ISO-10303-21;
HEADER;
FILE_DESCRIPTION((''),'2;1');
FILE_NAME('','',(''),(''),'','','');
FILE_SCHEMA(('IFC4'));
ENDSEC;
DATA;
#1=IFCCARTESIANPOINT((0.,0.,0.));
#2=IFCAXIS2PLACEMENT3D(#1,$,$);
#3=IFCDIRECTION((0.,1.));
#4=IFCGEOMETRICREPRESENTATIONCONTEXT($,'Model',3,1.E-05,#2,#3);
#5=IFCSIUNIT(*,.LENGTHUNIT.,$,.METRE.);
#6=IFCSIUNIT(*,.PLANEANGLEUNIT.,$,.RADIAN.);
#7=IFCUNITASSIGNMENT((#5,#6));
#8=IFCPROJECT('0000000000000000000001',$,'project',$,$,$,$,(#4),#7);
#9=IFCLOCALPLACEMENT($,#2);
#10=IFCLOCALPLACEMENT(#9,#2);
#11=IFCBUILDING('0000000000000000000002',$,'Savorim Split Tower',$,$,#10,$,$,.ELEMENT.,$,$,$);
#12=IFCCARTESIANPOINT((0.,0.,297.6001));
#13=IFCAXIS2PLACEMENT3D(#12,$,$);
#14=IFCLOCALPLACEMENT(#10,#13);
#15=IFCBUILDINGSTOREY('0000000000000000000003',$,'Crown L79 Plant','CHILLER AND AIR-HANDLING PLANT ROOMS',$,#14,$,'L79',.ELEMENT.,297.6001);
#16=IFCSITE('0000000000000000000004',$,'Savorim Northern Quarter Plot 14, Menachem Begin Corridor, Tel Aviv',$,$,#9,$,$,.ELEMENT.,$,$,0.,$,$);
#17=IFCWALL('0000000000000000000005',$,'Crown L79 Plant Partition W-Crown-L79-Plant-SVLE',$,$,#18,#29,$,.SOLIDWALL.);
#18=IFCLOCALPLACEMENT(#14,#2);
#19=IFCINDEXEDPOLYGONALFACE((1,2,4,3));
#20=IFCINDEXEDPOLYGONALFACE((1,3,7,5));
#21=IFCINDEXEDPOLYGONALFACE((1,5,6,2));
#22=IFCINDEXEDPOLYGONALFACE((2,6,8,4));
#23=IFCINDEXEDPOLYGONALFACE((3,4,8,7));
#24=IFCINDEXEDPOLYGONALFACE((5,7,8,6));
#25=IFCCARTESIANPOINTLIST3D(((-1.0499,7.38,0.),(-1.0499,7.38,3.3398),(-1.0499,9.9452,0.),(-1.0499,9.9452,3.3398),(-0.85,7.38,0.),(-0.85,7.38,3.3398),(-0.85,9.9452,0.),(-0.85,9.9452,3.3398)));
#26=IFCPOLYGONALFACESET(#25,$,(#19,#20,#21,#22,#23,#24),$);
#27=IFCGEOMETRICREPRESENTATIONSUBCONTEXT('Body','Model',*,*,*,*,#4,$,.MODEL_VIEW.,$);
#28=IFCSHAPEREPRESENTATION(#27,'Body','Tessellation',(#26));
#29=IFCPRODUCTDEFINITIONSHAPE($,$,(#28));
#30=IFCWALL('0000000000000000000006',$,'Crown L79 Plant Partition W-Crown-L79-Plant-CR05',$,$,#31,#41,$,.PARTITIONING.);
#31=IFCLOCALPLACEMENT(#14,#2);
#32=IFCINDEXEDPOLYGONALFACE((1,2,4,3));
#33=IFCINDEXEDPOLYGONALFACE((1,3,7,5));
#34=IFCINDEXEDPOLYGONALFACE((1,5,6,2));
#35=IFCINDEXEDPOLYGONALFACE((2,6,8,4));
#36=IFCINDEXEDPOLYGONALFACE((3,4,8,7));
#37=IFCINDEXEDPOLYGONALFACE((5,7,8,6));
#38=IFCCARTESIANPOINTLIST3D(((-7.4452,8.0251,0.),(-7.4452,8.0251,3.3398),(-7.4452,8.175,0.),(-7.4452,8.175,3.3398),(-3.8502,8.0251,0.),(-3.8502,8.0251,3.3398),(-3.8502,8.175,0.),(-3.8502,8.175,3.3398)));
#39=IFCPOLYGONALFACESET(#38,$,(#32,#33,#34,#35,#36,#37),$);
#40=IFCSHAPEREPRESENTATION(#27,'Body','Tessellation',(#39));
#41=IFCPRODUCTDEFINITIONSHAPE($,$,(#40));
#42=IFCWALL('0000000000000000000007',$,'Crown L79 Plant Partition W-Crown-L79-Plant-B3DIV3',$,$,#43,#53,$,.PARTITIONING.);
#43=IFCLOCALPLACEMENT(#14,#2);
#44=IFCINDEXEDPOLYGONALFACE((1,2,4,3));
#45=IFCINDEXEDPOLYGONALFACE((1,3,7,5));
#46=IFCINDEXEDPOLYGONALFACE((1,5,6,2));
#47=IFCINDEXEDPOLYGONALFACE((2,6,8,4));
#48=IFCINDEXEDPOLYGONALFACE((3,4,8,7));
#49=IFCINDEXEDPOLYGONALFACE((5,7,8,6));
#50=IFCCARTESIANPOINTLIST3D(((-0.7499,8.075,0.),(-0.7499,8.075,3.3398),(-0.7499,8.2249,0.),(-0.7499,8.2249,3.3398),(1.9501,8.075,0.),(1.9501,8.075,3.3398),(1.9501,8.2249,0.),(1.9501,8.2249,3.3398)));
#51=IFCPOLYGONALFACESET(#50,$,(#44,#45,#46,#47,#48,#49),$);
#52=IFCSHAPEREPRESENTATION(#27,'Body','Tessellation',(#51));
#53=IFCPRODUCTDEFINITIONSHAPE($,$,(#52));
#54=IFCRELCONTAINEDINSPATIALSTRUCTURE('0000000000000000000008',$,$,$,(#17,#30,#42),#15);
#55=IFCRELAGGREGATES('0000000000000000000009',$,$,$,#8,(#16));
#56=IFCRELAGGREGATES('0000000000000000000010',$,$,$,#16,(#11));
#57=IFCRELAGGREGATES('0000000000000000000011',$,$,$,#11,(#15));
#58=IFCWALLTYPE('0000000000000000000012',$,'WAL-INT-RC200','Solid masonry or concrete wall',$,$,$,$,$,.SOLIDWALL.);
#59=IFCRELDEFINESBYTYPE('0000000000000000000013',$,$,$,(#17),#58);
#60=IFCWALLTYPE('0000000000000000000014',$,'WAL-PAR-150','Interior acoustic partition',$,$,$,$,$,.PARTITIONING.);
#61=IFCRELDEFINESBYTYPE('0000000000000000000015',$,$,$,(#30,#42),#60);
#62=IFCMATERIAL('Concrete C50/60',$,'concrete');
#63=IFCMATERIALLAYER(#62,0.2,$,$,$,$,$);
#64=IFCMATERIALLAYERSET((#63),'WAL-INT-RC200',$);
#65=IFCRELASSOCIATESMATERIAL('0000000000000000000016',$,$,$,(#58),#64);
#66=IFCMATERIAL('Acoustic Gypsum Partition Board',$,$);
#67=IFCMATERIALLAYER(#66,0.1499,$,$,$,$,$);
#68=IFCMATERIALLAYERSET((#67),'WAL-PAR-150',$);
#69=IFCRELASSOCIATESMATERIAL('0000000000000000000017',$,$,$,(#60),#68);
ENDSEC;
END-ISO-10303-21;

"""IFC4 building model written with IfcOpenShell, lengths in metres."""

from ifc_helpers import new_model, si_unit, direction, frame, frame_2d, origin, place, context, subcontext, project, spatial, rectangle, extrude, material, layer, layer_set, type_object, element, save


model = new_model("IFC4")

# Units and contexts
model_context = context("Model", 3, precision=1e-05, world=origin(), true_north=direction((0.0, 1.0)))
body_context = subcontext(model_context, "Body", "Model", "MODEL_VIEW")
ifc_project = project(units=[si_unit("LENGTHUNIT", "METRE"), si_unit("PLANEANGLEUNIT", "RADIAN")], contexts=[model_context])

# Site, building, storey
site_placement = place(None, origin())
site = spatial("IfcSite", under=ifc_project, at=site_placement, Name="Savorim Northern Quarter Plot 14, Menachem Begin Corridor, Tel Aviv", CompositionType="ELEMENT", RefElevation=0.0)
building_placement = place(site_placement, origin())
building = spatial("IfcBuilding", under=site, at=building_placement, Name="Savorim Split Tower", CompositionType="ELEMENT")
storey_placement = place(building_placement, frame((0.0, 0.0, 297.6001)))
storey = spatial("IfcBuildingStorey", under=building, at=storey_placement, Name="Crown L79 Plant", Description="CHILLER AND AIR-HANDLING PLANT ROOMS", LongName="L79", CompositionType="ELEMENT", Elevation=297.6001)

# Shared definitions
ifc_material_1 = material(Name="Concrete C50/60", Category="concrete")
ifc_layer_1 = layer(ifc_material_1, 0.2)
ifc_layer_set_1 = layer_set([ifc_layer_1], Name="WAL-INT-RC200")
wall_type_1 = type_object("IfcWallType", Name="WAL-INT-RC200", Description="Solid masonry or concrete wall", PredefinedType="SOLIDWALL", material=ifc_layer_set_1)

# Wall
wall_1_placement = place(storey_placement, frame((-0.95, 7.3799, 0.0), z_axis=(0.0, 0.0, 1.0), x_axis=(0.0, 1.0, 0.0)))
element("IfcWall", 1, at=wall_1_placement, inside=storey, type_object=wall_type_1, Name="Crown L79 Plant Partition W-Crown-L79-Plant-SVLE", PredefinedType="SOLIDWALL", context=body_context, shape_type="SweptSolid", body=[
    extrude(rectangle(XDim=2.5652, YDim=0.2, at=frame_2d((1.2827, 0.0))), origin(), (0.0, 0.0, 1.0), 3.3398),
])

# Walls
ifc_material_2 = material(Name="Acoustic Gypsum Partition Board")
ifc_layer_2 = layer(ifc_material_2, 0.1499)
ifc_layer_set_2 = layer_set([ifc_layer_2], Name="WAL-PAR-150")
wall_type_2 = type_object("IfcWallType", Name="WAL-PAR-150", Description="Interior acoustic partition", PredefinedType="PARTITIONING", material=ifc_layer_set_2)
wall_2_placement = place(storey_placement, frame((-7.4451, 8.1001, 0.0), z_axis=(0.0, 0.0, 1.0), x_axis=(1.0, 0.0, 0.0)))
element("IfcWall", 2, at=wall_2_placement, inside=storey, type_object=wall_type_2, Name="Crown L79 Plant Partition W-Crown-L79-Plant-CR05", PredefinedType="PARTITIONING", context=body_context, shape_type="SweptSolid", body=[
    extrude(rectangle(XDim=3.595, YDim=0.1499, at=frame_2d((1.7974, 0.0))), origin(), (0.0, 0.0, 1.0), 3.3398),
])
wall_3_placement = place(storey_placement, frame((-0.75, 8.1499, 0.0), z_axis=(0.0, 0.0, 1.0), x_axis=(1.0, 0.0, 0.0)))
element("IfcWall", 3, at=wall_3_placement, inside=storey, type_object=wall_type_2, Name="Crown L79 Plant Partition W-Crown-L79-Plant-B3DIV3", PredefinedType="PARTITIONING", context=body_context, shape_type="SweptSolid", body=[
    extrude(rectangle(XDim=2.7, YDim=0.1499, at=frame_2d((1.3501, 0.0))), origin(), (0.0, 0.0, 1.0), 3.3398),
])

save(model, "model.ifc")
